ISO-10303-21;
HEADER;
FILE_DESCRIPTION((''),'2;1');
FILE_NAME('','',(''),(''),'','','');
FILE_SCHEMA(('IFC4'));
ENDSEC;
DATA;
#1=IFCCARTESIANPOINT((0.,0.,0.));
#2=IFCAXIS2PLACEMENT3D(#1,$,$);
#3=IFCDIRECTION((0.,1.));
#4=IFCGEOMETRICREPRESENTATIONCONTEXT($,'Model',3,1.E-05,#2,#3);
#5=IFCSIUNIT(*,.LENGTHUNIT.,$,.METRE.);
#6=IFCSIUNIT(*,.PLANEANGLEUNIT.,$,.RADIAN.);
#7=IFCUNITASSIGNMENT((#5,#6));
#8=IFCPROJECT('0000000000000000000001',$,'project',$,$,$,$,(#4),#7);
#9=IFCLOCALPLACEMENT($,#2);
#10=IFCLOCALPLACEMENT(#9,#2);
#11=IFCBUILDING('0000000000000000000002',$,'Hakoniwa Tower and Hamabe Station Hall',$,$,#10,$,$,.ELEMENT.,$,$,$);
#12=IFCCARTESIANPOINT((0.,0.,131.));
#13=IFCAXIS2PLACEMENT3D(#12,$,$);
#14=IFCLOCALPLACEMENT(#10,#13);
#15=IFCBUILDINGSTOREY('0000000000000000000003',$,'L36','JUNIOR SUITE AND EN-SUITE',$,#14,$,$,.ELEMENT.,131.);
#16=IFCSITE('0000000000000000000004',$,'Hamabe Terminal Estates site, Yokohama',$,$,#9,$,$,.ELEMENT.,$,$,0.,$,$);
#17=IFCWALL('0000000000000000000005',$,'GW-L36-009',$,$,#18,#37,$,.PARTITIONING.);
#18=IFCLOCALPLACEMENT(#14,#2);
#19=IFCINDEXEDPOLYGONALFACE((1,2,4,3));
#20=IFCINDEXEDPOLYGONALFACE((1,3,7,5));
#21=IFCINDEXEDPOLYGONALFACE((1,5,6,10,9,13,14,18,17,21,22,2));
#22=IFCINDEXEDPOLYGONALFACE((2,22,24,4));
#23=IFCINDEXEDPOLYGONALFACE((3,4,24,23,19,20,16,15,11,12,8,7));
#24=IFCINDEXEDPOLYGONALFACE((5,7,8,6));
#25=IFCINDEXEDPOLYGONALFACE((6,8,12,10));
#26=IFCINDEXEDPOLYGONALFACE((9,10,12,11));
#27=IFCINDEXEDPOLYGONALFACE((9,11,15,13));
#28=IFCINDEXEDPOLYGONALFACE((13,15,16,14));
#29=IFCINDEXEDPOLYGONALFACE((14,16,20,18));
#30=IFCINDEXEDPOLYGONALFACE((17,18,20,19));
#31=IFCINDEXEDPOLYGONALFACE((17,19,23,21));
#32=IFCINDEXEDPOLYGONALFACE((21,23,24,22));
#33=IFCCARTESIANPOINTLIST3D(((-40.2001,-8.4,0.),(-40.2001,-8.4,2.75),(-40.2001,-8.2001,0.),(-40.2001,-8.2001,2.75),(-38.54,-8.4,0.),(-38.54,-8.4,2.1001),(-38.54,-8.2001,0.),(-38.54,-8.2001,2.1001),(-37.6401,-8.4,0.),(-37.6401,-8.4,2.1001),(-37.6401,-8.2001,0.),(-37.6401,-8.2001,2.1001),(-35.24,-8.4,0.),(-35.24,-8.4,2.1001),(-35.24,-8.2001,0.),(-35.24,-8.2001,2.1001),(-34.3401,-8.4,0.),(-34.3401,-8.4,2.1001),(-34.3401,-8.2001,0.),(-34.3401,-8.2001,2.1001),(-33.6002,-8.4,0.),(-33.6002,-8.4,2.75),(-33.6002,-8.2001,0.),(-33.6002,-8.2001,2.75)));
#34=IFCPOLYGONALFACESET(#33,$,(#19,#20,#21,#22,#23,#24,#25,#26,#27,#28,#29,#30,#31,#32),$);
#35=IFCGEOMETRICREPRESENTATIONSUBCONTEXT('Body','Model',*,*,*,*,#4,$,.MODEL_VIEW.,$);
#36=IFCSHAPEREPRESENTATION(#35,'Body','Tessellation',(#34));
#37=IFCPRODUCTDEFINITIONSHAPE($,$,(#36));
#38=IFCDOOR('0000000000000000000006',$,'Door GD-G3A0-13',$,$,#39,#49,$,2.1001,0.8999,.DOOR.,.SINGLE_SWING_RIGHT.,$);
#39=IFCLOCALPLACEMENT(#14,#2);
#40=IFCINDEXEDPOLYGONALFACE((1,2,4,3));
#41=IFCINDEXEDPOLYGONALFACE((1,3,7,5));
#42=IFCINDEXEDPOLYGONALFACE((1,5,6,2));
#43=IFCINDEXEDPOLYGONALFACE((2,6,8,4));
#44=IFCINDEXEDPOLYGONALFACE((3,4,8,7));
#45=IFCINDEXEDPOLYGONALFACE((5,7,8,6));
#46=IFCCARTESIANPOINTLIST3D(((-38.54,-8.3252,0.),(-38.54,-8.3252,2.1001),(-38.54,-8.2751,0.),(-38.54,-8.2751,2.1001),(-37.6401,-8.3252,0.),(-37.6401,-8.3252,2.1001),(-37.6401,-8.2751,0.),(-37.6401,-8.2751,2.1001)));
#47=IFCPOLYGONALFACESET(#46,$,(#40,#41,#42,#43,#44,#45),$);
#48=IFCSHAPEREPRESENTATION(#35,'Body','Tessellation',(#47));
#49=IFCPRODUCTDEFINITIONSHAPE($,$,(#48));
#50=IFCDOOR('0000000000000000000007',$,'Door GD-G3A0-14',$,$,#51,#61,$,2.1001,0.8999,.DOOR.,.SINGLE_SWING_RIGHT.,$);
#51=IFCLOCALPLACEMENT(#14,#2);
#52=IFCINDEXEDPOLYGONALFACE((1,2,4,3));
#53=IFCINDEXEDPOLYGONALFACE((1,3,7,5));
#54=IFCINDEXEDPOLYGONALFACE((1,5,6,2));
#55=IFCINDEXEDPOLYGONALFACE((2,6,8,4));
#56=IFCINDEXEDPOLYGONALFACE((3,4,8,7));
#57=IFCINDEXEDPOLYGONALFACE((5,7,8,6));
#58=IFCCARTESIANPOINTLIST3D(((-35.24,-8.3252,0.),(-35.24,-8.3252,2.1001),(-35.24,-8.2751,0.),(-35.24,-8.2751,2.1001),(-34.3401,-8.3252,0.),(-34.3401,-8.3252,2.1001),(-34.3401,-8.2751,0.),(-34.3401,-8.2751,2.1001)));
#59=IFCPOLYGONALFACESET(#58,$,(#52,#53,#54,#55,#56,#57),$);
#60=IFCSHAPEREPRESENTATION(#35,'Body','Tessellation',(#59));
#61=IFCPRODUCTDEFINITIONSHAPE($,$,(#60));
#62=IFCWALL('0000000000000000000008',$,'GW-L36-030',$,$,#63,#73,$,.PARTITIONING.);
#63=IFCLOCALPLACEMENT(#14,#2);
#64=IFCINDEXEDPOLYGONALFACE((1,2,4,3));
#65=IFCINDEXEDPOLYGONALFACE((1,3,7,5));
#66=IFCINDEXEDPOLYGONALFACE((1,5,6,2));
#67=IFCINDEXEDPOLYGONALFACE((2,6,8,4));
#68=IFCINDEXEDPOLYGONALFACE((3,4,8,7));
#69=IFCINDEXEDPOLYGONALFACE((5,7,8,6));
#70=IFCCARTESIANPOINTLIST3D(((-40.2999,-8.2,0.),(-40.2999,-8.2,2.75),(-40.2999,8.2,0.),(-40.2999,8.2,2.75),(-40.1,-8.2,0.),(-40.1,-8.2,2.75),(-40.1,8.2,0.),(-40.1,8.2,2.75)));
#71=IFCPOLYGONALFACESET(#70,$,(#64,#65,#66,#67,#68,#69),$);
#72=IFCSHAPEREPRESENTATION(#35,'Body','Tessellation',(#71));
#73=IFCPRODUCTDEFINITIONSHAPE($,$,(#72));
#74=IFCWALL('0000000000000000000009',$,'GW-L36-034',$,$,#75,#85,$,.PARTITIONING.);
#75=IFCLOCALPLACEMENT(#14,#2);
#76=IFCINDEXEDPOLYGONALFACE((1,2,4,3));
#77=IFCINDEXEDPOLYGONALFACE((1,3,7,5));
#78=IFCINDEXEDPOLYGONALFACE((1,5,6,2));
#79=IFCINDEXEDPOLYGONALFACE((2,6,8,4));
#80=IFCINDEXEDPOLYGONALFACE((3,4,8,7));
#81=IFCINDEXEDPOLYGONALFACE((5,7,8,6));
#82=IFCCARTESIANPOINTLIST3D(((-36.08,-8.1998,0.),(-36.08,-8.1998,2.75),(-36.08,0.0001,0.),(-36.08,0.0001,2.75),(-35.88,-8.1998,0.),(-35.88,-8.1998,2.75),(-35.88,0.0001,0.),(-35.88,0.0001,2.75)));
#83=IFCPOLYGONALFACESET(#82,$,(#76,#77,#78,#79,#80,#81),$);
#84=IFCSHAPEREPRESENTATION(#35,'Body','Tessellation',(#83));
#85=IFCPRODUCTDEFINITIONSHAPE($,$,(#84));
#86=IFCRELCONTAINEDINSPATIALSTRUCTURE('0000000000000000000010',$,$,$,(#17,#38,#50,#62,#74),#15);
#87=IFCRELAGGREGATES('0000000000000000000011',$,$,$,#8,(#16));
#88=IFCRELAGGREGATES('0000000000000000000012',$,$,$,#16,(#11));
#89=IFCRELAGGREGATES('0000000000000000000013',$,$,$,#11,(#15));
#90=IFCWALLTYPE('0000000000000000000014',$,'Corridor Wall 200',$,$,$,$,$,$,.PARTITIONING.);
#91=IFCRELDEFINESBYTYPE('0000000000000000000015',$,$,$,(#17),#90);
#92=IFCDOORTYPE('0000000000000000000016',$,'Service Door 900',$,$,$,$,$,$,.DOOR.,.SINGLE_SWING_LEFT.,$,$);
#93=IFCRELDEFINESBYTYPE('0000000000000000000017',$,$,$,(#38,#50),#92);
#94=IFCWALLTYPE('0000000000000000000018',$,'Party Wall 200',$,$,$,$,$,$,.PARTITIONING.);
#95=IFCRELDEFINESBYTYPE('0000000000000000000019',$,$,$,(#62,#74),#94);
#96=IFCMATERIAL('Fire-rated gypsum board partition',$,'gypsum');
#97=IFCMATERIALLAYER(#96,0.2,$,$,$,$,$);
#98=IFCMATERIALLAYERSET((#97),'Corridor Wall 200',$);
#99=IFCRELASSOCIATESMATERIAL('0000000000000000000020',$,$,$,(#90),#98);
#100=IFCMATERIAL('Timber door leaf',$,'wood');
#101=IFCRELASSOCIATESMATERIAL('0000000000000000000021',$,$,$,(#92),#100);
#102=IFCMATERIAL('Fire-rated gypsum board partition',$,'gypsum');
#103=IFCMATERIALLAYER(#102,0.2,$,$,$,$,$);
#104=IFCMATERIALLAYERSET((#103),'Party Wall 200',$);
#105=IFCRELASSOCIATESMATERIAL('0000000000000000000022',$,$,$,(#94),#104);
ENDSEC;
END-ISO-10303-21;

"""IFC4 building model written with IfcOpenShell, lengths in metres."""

from ifc_helpers import new_model, si_unit, direction, frame, frame_2d, origin, place, context, subcontext, project, spatial, rectangle, extrude, material, layer, layer_set, type_object, element, fill, save


model = new_model("IFC4")

# Units and contexts
model_context = context("Model", 3, precision=1e-05, world=origin(), true_north=direction((0.0, 1.0)))
body_context = subcontext(model_context, "Body", "Model", "MODEL_VIEW")
ifc_project = project(units=[si_unit("LENGTHUNIT", "METRE"), si_unit("PLANEANGLEUNIT", "RADIAN")], contexts=[model_context])

# Site, building, storey
site_placement = place(None, origin())
site = spatial("IfcSite", under=ifc_project, at=site_placement, Name="Hamabe Terminal Estates site, Yokohama", CompositionType="ELEMENT", RefElevation=0.0)
building_placement = place(site_placement, origin())
building = spatial("IfcBuilding", under=site, at=building_placement, Name="Hakoniwa Tower and Hamabe Station Hall", CompositionType="ELEMENT")
storey_placement = place(building_placement, frame((0.0, 0.0, 131.0)))
storey = spatial("IfcBuildingStorey", under=building, at=storey_placement, Name="L36", Description="JUNIOR SUITE AND EN-SUITE", CompositionType="ELEMENT", Elevation=131.0)

# Wall, openings, doors
ifc_material_1 = material(Name="Fire-rated gypsum board partition", Category="gypsum")
ifc_layer_1 = layer(ifc_material_1, 0.2)
ifc_layer_set_1 = layer_set([ifc_layer_1], Name="Corridor Wall 200")
wall_type_1 = type_object("IfcWallType", Name="Corridor Wall 200", PredefinedType="PARTITIONING", material=ifc_layer_set_1)
wall_1_placement = place(storey_placement, frame((-40.2, -8.3, 0.0), z_axis=(0.0, 0.0, 1.0), x_axis=(1.0, 0.0, 0.0)))
wall_1 = element("IfcWall", 1, at=wall_1_placement, inside=storey, type_object=wall_type_1, Name="GW-L36-009", PredefinedType="PARTITIONING", context=body_context, shape_type="SweptSolid", body=[
    extrude(rectangle(XDim=6.5999, YDim=0.2, at=frame_2d((3.2998, 0.0))), origin(), (0.0, 0.0, 1.0), 2.75),
])
opening_1_placement = place(wall_1_placement, frame((1.6599, 0.0, 0.0)))
opening_1 = element("IfcOpeningElement", 2, at=opening_1_placement, cuts=wall_1, PredefinedType="OPENING", context=body_context, shape_type="SweptSolid", body=[
    extrude(rectangle(XDim=0.8999, YDim=2.1001, at=frame_2d((0.45, 1.05))), frame((0.0, 0.1099, 0.0), z_axis=(0.0, -1.0, 0.0), x_axis=(1.0, 0.0, 0.0)), (0.0, 0.0, 1.0), 0.22),
])
opening_2_placement = place(wall_1_placement, frame((4.96, 0.0, 0.0)))
opening_2 = element("IfcOpeningElement", 3, at=opening_2_placement, cuts=wall_1, PredefinedType="OPENING", context=body_context, shape_type="SweptSolid", body=[
    extrude(rectangle(XDim=0.8999, YDim=2.1001, at=frame_2d((0.45, 1.05))), frame((0.0, 0.1099, 0.0), z_axis=(0.0, -1.0, 0.0), x_axis=(1.0, 0.0, 0.0)), (0.0, 0.0, 1.0), 0.22),
])
ifc_material_2 = material(Name="Timber door leaf", Category="wood")
door_type_1 = type_object("IfcDoorType", Name="Service Door 900", OperationType="SINGLE_SWING_LEFT", PredefinedType="DOOR", material=ifc_material_2)
door_1_placement = place(opening_1_placement, origin())
door_1 = element("IfcDoor", 4, at=door_1_placement, inside=storey, type_object=door_type_1, Name="Door GD-G3A0-13", OperationType="SINGLE_SWING_RIGHT", OverallHeight=2.1001, OverallWidth=0.8999, PredefinedType="DOOR", context=body_context, shape_type="SweptSolid", body=[
    extrude(rectangle(XDim=0.8999, YDim=2.1001, at=frame_2d((0.45, 1.05))), frame((0.0, 0.0249, 0.0), z_axis=(0.0, -1.0, 0.0), x_axis=(1.0, 0.0, 0.0)), (0.0, 0.0, 1.0), 0.05),
])
fill(opening_1, door_1)
door_2_placement = place(opening_2_placement, origin())
door_2 = element("IfcDoor", 5, at=door_2_placement, inside=storey, type_object=door_type_1, Name="Door GD-G3A0-14", OperationType="SINGLE_SWING_RIGHT", OverallHeight=2.1001, OverallWidth=0.8999, PredefinedType="DOOR", context=body_context, shape_type="SweptSolid", body=[
    extrude(rectangle(XDim=0.8999, YDim=2.1001, at=frame_2d((0.45, 1.05))), frame((0.0, 0.0249, 0.0), z_axis=(0.0, -1.0, 0.0), x_axis=(1.0, 0.0, 0.0)), (0.0, 0.0, 1.0), 0.05),
])
fill(opening_2, door_2)

# Walls
ifc_material_3 = material(Name="Fire-rated gypsum board partition", Category="gypsum")
ifc_layer_2 = layer(ifc_material_3, 0.2)
ifc_layer_set_2 = layer_set([ifc_layer_2], Name="Party Wall 200")
wall_type_2 = type_object("IfcWallType", Name="Party Wall 200", PredefinedType="PARTITIONING", material=ifc_layer_set_2)
wall_2_placement = place(storey_placement, frame((-40.2, -8.2, 0.0), z_axis=(0.0, 0.0, 1.0), x_axis=(0.0, 1.0, 0.0)))
element("IfcWall", 6, at=wall_2_placement, inside=storey, type_object=wall_type_2, Name="GW-L36-030", PredefinedType="PARTITIONING", context=body_context, shape_type="SweptSolid", body=[
    extrude(rectangle(XDim=16.3999, YDim=0.2, at=frame_2d((8.2, 0.0))), origin(), (0.0, 0.0, 1.0), 2.75),
])
wall_3_placement = place(storey_placement, frame((-35.98, -8.2, 0.0), z_axis=(0.0, 0.0, 1.0), x_axis=(0.0, 1.0, 0.0)))
element("IfcWall", 7, at=wall_3_placement, inside=storey, type_object=wall_type_2, Name="GW-L36-034", PredefinedType="PARTITIONING", context=body_context, shape_type="SweptSolid", body=[
    extrude(rectangle(XDim=8.2, YDim=0.2, at=frame_2d((4.1001, 0.0))), origin(), (0.0, 0.0, 1.0), 2.75),
])

save(model, "model.ifc")
